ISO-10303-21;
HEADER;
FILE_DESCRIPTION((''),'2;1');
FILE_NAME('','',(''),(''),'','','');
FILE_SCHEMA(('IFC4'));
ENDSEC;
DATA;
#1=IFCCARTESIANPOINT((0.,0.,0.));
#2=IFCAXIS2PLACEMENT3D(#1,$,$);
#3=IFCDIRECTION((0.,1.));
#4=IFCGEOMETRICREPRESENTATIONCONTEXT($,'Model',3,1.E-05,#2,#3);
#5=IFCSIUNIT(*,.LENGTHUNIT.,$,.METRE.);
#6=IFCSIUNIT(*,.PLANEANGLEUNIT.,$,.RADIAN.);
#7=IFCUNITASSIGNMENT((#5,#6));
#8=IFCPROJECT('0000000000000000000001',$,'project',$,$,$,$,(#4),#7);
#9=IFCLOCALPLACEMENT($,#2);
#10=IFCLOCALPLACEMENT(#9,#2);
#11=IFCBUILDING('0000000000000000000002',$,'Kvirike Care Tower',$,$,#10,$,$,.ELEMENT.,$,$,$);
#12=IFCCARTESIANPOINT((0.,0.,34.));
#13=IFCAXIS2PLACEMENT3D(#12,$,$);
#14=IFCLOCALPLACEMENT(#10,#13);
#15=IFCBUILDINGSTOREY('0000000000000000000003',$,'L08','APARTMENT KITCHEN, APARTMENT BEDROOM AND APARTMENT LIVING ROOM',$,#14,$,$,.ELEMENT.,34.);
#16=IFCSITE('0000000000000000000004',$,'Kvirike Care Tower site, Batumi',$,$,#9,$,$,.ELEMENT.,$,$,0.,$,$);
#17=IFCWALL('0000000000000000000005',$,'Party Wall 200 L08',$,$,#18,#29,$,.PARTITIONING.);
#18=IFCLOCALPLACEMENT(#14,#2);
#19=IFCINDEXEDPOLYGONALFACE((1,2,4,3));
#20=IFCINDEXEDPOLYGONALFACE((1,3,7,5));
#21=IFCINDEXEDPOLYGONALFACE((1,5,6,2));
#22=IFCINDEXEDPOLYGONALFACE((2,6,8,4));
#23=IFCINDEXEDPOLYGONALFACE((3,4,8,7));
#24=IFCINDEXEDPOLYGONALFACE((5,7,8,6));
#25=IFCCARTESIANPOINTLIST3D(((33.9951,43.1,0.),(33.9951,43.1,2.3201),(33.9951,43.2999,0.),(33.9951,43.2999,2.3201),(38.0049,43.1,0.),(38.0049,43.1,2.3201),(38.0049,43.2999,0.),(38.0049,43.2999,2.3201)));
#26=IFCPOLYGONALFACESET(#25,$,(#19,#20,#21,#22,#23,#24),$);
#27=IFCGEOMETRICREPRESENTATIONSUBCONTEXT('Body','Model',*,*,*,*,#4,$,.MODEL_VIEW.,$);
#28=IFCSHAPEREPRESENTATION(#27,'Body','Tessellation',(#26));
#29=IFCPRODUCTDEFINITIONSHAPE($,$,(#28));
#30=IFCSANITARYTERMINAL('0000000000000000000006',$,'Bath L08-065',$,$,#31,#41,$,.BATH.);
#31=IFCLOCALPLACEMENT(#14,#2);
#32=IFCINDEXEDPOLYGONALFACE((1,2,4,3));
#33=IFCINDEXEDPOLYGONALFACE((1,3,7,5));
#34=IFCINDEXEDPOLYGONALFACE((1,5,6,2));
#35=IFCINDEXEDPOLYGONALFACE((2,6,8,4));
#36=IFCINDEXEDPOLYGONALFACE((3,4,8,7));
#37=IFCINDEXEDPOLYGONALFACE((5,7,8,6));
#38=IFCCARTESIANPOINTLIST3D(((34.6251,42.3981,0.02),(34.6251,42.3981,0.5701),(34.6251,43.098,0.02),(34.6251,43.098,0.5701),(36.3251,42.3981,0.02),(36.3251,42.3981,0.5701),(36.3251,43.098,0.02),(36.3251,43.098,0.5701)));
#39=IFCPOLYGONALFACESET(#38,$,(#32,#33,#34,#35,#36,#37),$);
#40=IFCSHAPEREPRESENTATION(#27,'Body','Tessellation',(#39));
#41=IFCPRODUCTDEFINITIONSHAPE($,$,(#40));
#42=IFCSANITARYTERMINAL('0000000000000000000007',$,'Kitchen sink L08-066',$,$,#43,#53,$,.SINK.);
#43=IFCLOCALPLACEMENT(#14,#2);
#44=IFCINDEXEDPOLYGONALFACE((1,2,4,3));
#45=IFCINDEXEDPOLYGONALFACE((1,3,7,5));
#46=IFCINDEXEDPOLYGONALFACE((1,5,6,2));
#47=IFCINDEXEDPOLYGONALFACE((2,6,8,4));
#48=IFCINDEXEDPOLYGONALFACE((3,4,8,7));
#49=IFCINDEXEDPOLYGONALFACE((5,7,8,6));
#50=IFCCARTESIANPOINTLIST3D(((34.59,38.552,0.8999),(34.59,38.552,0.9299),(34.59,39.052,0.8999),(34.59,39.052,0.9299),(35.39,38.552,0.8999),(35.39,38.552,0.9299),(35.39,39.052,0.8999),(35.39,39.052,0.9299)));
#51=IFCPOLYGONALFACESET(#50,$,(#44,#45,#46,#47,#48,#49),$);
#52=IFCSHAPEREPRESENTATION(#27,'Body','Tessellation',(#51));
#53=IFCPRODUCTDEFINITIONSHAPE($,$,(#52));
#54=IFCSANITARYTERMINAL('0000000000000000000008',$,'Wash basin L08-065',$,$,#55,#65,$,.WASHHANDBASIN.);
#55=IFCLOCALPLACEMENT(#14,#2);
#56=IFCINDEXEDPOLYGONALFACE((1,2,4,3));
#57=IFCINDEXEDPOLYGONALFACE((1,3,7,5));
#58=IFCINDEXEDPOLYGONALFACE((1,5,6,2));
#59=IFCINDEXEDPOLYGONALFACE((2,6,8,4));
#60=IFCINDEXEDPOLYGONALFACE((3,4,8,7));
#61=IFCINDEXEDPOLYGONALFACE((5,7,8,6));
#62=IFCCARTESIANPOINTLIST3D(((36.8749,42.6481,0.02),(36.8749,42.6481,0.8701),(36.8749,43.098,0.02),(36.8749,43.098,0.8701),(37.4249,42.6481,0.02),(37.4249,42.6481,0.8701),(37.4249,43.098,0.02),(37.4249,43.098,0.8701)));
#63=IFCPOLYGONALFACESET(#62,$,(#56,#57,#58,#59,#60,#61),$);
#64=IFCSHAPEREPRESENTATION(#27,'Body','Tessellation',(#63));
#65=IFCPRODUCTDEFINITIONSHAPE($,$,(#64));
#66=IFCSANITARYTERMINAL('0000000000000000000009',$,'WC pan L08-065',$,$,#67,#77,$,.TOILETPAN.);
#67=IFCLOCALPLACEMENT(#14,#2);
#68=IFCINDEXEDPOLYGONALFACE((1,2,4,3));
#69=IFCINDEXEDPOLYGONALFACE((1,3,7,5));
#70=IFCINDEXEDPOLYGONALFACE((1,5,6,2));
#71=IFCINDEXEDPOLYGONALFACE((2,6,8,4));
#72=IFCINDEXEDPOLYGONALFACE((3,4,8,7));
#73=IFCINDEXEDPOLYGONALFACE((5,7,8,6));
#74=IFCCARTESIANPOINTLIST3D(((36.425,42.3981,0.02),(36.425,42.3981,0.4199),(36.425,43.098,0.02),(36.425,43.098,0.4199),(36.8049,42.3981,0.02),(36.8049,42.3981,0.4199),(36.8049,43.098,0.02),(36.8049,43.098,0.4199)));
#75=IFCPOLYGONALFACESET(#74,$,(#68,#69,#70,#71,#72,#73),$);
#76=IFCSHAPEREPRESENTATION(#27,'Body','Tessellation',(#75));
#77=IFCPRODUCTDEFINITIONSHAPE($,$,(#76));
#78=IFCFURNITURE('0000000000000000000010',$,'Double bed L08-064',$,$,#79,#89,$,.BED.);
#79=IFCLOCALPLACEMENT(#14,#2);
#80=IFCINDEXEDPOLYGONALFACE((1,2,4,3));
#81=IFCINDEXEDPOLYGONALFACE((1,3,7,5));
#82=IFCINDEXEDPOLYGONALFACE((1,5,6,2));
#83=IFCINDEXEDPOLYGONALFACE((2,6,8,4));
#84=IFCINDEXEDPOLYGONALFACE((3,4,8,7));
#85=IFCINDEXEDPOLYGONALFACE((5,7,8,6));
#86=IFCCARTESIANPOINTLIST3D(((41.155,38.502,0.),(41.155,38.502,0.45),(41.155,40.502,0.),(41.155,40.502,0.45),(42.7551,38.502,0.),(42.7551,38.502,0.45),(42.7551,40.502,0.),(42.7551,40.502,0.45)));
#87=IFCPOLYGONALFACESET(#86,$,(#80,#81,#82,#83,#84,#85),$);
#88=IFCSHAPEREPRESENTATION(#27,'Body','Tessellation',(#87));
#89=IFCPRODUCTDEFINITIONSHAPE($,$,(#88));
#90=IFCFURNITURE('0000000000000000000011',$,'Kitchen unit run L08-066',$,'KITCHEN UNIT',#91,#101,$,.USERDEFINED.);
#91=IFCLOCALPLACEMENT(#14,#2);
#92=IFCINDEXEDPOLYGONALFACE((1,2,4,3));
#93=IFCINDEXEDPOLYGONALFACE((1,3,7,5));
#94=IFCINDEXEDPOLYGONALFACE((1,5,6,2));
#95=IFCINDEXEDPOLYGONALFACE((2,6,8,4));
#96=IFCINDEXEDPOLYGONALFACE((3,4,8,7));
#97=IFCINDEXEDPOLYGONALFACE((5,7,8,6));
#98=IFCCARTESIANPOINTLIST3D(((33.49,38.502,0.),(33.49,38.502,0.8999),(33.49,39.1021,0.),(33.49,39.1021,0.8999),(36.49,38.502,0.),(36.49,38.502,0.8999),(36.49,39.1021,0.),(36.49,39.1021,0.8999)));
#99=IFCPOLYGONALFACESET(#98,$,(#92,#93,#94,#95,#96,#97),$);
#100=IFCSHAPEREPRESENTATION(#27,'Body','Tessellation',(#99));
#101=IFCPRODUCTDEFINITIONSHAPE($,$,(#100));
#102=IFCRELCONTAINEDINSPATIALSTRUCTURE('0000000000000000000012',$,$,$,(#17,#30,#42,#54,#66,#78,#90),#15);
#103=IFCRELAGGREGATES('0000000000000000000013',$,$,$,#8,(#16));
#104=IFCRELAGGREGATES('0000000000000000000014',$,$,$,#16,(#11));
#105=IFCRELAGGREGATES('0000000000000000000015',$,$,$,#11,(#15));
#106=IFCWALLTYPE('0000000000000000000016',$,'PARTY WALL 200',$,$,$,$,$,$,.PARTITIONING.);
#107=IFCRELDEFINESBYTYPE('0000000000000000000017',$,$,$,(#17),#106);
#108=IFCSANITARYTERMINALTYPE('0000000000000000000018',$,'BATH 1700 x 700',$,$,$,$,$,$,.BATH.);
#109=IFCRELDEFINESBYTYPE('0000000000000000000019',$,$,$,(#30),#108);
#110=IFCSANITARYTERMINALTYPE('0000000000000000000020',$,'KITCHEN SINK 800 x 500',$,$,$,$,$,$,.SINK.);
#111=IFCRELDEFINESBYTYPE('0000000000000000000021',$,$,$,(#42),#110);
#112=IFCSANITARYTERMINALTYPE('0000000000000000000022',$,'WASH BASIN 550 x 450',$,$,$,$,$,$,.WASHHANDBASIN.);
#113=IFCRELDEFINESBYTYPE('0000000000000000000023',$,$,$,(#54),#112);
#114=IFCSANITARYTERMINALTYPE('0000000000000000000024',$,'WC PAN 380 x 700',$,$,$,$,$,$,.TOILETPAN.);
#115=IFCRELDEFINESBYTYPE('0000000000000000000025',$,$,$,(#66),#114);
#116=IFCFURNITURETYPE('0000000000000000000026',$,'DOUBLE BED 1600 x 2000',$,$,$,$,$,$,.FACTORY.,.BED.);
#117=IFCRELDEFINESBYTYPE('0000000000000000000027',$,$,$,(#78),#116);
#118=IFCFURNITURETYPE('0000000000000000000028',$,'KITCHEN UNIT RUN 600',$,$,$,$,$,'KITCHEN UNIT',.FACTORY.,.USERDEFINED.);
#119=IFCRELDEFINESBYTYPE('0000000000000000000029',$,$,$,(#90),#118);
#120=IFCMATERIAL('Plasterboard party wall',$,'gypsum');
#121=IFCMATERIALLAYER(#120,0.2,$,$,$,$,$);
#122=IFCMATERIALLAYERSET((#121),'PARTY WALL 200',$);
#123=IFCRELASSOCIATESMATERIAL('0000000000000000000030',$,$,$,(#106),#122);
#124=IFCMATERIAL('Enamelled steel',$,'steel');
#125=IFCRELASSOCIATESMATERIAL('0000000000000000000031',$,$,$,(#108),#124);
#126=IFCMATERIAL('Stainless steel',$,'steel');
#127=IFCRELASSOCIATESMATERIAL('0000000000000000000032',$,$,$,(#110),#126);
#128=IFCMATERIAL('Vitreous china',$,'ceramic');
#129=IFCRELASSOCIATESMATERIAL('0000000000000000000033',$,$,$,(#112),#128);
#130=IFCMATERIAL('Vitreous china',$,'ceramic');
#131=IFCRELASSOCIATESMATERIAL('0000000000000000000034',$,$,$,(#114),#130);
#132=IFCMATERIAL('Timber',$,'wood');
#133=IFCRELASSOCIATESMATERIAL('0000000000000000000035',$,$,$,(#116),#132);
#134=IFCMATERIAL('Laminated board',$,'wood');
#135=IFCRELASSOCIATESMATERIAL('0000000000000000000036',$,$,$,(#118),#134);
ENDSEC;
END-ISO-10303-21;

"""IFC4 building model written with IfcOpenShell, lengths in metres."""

from ifc_helpers import new_model, si_unit, direction, frame, frame_2d, origin, origin_2d, place, context, subcontext, project, spatial, rectangle, extrude, material, layer, layer_set, type_object, element, save


model = new_model("IFC4")

# Units and contexts
model_context = context("Model", 3, precision=1e-05, world=origin(), true_north=direction((0.0, 1.0)))
body_context = subcontext(model_context, "Body", "Model", "MODEL_VIEW")
ifc_project = project(units=[si_unit("LENGTHUNIT", "METRE"), si_unit("PLANEANGLEUNIT", "RADIAN")], contexts=[model_context])

# Site, building, storey
site_placement = place(None, origin())
site = spatial("IfcSite", under=ifc_project, at=site_placement, Name="Kvirike Care Tower site, Batumi", CompositionType="ELEMENT", RefElevation=0.0)
building_placement = place(site_placement, origin())
building = spatial("IfcBuilding", under=site, at=building_placement, Name="Kvirike Care Tower", CompositionType="ELEMENT")
storey_placement = place(building_placement, frame((0.0, 0.0, 34.0)))
storey = spatial("IfcBuildingStorey", under=building, at=storey_placement, Name="L08", Description="APARTMENT KITCHEN, APARTMENT BEDROOM AND APARTMENT LIVING ROOM", CompositionType="ELEMENT", Elevation=34.0)

# Wall
ifc_material_1 = material(Name="Plasterboard party wall", Category="gypsum")
ifc_layer_1 = layer(ifc_material_1, 0.2)
ifc_layer_set_1 = layer_set([ifc_layer_1], Name="PARTY WALL 200")
wall_type_1 = type_object("IfcWallType", Name="PARTY WALL 200", PredefinedType="PARTITIONING", material=ifc_layer_set_1)
wall_1_placement = place(storey_placement, frame((38.0049, 43.2, 0.0), z_axis=(0.0, 0.0, 1.0), x_axis=(-1.0, 0.0, 0.0)))
element("IfcWall", 1, at=wall_1_placement, inside=storey, type_object=wall_type_1, Name="Party Wall 200 L08", PredefinedType="PARTITIONING", context=body_context, shape_type="SweptSolid", body=[
    extrude(rectangle(XDim=4.0098, YDim=0.2, at=frame_2d((2.0049, 0.0))), origin(), (0.0, 0.0, 1.0), 2.3201),
])

# Sanitary terminals
ifc_material_2 = material(Name="Enamelled steel", Category="steel")
sanitary_terminal_type_1 = type_object("IfcSanitaryTerminalType", Name="BATH 1700 x 700", PredefinedType="BATH", material=ifc_material_2)
sanitary_terminal_1_placement = place(storey_placement, frame((35.4751, 42.748, 0.02), z_axis=(0.0, 0.0, 1.0), x_axis=(1.0, 0.0, 0.0)))
element("IfcSanitaryTerminal", 2, at=sanitary_terminal_1_placement, inside=storey, type_object=sanitary_terminal_type_1, Name="Bath L08-065", PredefinedType="BATH", context=body_context, shape_type="SweptSolid", body=[
    extrude(rectangle(XDim=1.7, YDim=0.7, at=origin_2d()), origin(), (0.0, 0.0, 1.0), 0.55),
])
ifc_material_3 = material(Name="Stainless steel", Category="steel")
sanitary_terminal_type_2 = type_object("IfcSanitaryTerminalType", Name="KITCHEN SINK 800 x 500", PredefinedType="SINK", material=ifc_material_3)
sanitary_terminal_2_placement = place(storey_placement, frame((34.99, 38.802, 0.8999), z_axis=(0.0, 0.0, 1.0), x_axis=(-1.0, 0.0, 0.0)))
element("IfcSanitaryTerminal", 3, at=sanitary_terminal_2_placement, inside=storey, type_object=sanitary_terminal_type_2, Name="Kitchen sink L08-066", PredefinedType="SINK", context=body_context, shape_type="SweptSolid", body=[
    extrude(rectangle(XDim=0.8, YDim=0.5, at=origin_2d()), origin(), (0.0, 0.0, 1.0), 0.03),
])
ifc_material_4 = material(Name="Vitreous china", Category="ceramic")
sanitary_terminal_type_3 = type_object("IfcSanitaryTerminalType", Name="WASH BASIN 550 x 450", PredefinedType="WASHHANDBASIN", material=ifc_material_4)
sanitary_terminal_3_placement = place(storey_placement, frame((37.1499, 42.873, 0.02), z_axis=(0.0, 0.0, 1.0), x_axis=(1.0, 0.0, 0.0)))
element("IfcSanitaryTerminal", 4, at=sanitary_terminal_3_placement, inside=storey, type_object=sanitary_terminal_type_3, Name="Wash basin L08-065", PredefinedType="WASHHANDBASIN", context=body_context, shape_type="SweptSolid", body=[
    extrude(rectangle(XDim=0.55, YDim=0.45, at=origin_2d()), origin(), (0.0, 0.0, 1.0), 0.8501),
])
ifc_material_5 = material(Name="Vitreous china", Category="ceramic")
sanitary_terminal_type_4 = type_object("IfcSanitaryTerminalType", Name="WC PAN 380 x 700", PredefinedType="TOILETPAN", material=ifc_material_5)
sanitary_terminal_4_placement = place(storey_placement, frame((36.615, 42.748, 0.02), z_axis=(0.0, 0.0, 1.0), x_axis=(1.0, 0.0, 0.0)))
element("IfcSanitaryTerminal", 5, at=sanitary_terminal_4_placement, inside=storey, type_object=sanitary_terminal_type_4, Name="WC pan L08-065", PredefinedType="TOILETPAN", context=body_context, shape_type="SweptSolid", body=[
    extrude(rectangle(XDim=0.3799, YDim=0.7, at=origin_2d()), origin(), (0.0, 0.0, 1.0), 0.3999),
])

# Furniture
ifc_material_6 = material(Name="Timber", Category="wood")
furniture_type_1 = type_object("IfcFurnitureType", Name="DOUBLE BED 1600 x 2000", AssemblyPlace="FACTORY", PredefinedType="BED", material=ifc_material_6)
furniture_1_placement = place(storey_placement, frame((41.9551, 39.502, 0.0), z_axis=(0.0, 0.0, 1.0), x_axis=(-1.0, 0.0, 0.0)))
element("IfcFurniture", 6, at=furniture_1_placement, inside=storey, type_object=furniture_type_1, Name="Double bed L08-064", PredefinedType="BED", context=body_context, shape_type="SweptSolid", body=[
    extrude(rectangle(XDim=1.6001, YDim=2.0, at=origin_2d()), origin(), (0.0, 0.0, 1.0), 0.45),
])
ifc_material_7 = material(Name="Laminated board", Category="wood")
furniture_type_2 = type_object("IfcFurnitureType", Name="KITCHEN UNIT RUN 600", ElementType="KITCHEN UNIT", AssemblyPlace="FACTORY", PredefinedType="USERDEFINED", material=ifc_material_7)
furniture_2_placement = place(storey_placement, frame((34.99, 38.802, 0.0), z_axis=(0.0, 0.0, 1.0), x_axis=(-1.0, 0.0, 0.0)))
element("IfcFurniture", 7, at=furniture_2_placement, inside=storey, type_object=furniture_type_2, Name="Kitchen unit run L08-066", ObjectType="KITCHEN UNIT", PredefinedType="USERDEFINED", context=body_context, shape_type="SweptSolid", body=[
    extrude(rectangle(XDim=3.0, YDim=0.6001, at=origin_2d()), origin(), (0.0, 0.0, 1.0), 0.8999),
])

save(model, "model.ifc")
